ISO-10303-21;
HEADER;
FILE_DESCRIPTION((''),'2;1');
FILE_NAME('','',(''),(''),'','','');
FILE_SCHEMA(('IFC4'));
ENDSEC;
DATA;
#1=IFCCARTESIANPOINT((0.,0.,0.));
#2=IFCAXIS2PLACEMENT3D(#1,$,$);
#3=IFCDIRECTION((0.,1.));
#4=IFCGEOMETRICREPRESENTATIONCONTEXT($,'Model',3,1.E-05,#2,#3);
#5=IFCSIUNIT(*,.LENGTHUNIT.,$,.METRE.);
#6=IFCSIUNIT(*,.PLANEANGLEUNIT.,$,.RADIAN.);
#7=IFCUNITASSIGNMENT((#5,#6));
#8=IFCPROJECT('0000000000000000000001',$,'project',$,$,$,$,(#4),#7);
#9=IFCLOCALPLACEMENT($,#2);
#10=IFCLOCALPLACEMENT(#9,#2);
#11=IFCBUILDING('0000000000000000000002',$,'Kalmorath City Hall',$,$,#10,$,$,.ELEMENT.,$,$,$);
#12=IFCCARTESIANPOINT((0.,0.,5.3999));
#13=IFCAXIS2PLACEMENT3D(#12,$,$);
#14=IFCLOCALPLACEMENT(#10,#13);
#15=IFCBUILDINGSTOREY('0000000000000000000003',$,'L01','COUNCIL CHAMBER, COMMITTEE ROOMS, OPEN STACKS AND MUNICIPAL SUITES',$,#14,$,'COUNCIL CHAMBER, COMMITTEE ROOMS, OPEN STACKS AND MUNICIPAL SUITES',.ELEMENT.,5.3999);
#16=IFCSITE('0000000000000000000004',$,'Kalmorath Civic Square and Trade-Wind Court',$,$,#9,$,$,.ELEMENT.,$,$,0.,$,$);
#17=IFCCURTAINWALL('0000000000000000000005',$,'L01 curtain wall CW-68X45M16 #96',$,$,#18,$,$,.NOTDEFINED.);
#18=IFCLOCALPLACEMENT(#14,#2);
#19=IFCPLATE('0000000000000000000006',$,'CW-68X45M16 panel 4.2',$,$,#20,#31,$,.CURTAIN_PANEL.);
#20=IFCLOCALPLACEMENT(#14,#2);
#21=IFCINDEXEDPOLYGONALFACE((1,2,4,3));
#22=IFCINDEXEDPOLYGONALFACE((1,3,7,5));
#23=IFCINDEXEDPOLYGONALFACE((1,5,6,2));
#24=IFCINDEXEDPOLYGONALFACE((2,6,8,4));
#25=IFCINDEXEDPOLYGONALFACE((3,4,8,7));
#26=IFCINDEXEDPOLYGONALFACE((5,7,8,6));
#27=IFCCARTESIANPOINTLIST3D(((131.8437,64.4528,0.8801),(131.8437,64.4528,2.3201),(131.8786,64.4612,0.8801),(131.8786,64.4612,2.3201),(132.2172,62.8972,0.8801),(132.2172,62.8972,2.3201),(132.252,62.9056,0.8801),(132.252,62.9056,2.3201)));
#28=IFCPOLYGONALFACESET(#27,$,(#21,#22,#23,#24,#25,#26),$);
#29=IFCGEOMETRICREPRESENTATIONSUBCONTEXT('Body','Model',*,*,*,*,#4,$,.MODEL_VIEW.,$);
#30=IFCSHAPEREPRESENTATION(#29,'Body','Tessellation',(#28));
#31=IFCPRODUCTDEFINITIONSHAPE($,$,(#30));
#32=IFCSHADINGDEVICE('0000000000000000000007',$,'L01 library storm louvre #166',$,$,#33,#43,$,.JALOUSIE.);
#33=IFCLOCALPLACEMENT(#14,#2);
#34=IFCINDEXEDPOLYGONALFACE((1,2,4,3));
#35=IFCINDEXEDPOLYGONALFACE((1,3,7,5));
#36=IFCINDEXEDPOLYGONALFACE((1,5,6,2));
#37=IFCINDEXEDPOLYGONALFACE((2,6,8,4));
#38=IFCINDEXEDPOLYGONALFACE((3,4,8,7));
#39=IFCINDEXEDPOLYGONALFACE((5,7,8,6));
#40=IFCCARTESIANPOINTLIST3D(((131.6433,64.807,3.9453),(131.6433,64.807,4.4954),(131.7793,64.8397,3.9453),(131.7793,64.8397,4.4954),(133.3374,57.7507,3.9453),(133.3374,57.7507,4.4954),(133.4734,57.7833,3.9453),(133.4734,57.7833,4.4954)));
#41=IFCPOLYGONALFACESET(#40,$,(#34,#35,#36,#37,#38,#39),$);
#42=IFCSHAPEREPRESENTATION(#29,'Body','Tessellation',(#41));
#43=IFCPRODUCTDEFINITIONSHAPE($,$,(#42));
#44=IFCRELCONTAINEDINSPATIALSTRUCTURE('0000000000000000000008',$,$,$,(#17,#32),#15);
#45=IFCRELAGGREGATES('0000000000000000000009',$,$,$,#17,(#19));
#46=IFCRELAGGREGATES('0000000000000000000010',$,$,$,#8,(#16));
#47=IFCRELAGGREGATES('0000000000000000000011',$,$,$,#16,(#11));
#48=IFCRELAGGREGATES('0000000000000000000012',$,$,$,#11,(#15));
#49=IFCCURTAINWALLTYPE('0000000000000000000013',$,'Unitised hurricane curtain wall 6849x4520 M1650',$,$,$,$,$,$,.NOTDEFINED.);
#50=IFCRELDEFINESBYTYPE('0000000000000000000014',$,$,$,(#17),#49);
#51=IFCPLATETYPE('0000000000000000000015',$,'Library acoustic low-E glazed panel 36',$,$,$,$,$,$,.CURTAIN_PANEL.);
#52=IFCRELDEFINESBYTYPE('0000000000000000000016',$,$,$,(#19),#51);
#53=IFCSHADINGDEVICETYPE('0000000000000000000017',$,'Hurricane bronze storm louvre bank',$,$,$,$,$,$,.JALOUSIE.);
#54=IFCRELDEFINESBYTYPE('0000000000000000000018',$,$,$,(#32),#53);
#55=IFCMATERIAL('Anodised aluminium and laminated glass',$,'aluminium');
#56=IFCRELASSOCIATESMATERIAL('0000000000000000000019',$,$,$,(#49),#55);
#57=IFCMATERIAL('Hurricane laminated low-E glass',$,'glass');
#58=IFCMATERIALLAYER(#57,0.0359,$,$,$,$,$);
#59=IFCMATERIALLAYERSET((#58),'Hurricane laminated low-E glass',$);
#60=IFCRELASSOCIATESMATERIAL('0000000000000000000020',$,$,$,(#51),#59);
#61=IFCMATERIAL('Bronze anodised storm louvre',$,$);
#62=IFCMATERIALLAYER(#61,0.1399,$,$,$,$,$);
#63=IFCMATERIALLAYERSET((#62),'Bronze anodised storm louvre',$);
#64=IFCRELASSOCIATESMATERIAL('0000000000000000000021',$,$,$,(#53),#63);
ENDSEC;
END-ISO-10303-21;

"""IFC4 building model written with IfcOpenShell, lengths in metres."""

from ifc_helpers import new_model, si_unit, direction, frame, origin, origin_2d, place, context, subcontext, project, spatial, rectangle, extrude, material, layer, layer_set, type_object, element, aggregate, save


model = new_model("IFC4")

# Units and contexts
model_context = context("Model", 3, precision=1e-05, world=origin(), true_north=direction((0.0, 1.0)))
body_context = subcontext(model_context, "Body", "Model", "MODEL_VIEW")
ifc_project = project(units=[si_unit("LENGTHUNIT", "METRE"), si_unit("PLANEANGLEUNIT", "RADIAN")], contexts=[model_context])

# Site, building, storey
site_placement = place(None, origin())
site = spatial("IfcSite", under=ifc_project, at=site_placement, Name="Kalmorath Civic Square and Trade-Wind Court", CompositionType="ELEMENT", RefElevation=0.0)
building_placement = place(site_placement, origin())
building = spatial("IfcBuilding", under=site, at=building_placement, Name="Kalmorath City Hall", CompositionType="ELEMENT")
storey_placement = place(building_placement, frame((0.0, 0.0, 5.3999)))
storey = spatial("IfcBuildingStorey", under=building, at=storey_placement, Name="L01", Description="COUNCIL CHAMBER, COMMITTEE ROOMS, OPEN STACKS AND MUNICIPAL SUITES", LongName="COUNCIL CHAMBER, COMMITTEE ROOMS, OPEN STACKS AND MUNICIPAL SUITES", CompositionType="ELEMENT", Elevation=5.3999)

# Curtain wall, plate
ifc_material_1 = material(Name="Anodised aluminium and laminated glass", Category="aluminium")
curtain_wall_type = type_object("IfcCurtainWallType", Name="Unitised hurricane curtain wall 6849x4520 M1650", PredefinedType="NOTDEFINED", material=ifc_material_1)
curtain_wall_placement = place(storey_placement, origin())
curtain_wall = element("IfcCurtainWall", 1, at=curtain_wall_placement, inside=storey, type_object=curtain_wall_type, Name="L01 curtain wall CW-68X45M16 #96", PredefinedType="NOTDEFINED")
ifc_material_2 = material(Name="Hurricane laminated low-E glass", Category="glass")
ifc_layer_1 = layer(ifc_material_2, 0.0359)
ifc_layer_set_1 = layer_set([ifc_layer_1], Name="Hurricane laminated low-E glass")
plate_type = type_object("IfcPlateType", Name="Library acoustic low-E glazed panel 36", PredefinedType="CURTAIN_PANEL", material=ifc_layer_set_1)
plate_1_placement = place(storey_placement, frame((132.0479, 63.6792, 0.8801), z_axis=(0.0, 0.0, 1.0), x_axis=(-0.233456, 0.972367, 0.0)))
plate_1 = element("IfcPlate", 2, at=plate_1_placement, type_object=plate_type, Name="CW-68X45M16 panel 4.2", PredefinedType="CURTAIN_PANEL", context=body_context, shape_type="SweptSolid", body=[
    extrude(rectangle(XDim=1.5999, YDim=0.0359, at=origin_2d()), origin(), (0.0, 0.0, 1.0), 1.4399),
])
aggregate(curtain_wall, [plate_1])

# Shading device
ifc_material_3 = material(Name="Bronze anodised storm louvre")
ifc_layer_2 = layer(ifc_material_3, 0.1399)
ifc_layer_set_2 = layer_set([ifc_layer_2], Name="Bronze anodised storm louvre")
shading_device_type = type_object("IfcShadingDeviceType", Name="Hurricane bronze storm louvre bank", PredefinedType="JALOUSIE", material=ifc_layer_set_2)
shading_device_placement = place(storey_placement, frame((132.5583, 61.2952, 3.9453), z_axis=(0.0, 0.0, 1.0), x_axis=(-0.233445, 0.97237, 0.0)))
element("IfcShadingDevice", 3, at=shading_device_placement, inside=storey, type_object=shading_device_type, Name="L01 library storm louvre #166", PredefinedType="JALOUSIE", context=body_context, shape_type="SweptSolid", body=[
    extrude(rectangle(XDim=7.2568, YDim=0.1399, at=origin_2d()), origin(), (0.0, 0.0, 1.0), 0.55),
])

save(model, "model.ifc")
